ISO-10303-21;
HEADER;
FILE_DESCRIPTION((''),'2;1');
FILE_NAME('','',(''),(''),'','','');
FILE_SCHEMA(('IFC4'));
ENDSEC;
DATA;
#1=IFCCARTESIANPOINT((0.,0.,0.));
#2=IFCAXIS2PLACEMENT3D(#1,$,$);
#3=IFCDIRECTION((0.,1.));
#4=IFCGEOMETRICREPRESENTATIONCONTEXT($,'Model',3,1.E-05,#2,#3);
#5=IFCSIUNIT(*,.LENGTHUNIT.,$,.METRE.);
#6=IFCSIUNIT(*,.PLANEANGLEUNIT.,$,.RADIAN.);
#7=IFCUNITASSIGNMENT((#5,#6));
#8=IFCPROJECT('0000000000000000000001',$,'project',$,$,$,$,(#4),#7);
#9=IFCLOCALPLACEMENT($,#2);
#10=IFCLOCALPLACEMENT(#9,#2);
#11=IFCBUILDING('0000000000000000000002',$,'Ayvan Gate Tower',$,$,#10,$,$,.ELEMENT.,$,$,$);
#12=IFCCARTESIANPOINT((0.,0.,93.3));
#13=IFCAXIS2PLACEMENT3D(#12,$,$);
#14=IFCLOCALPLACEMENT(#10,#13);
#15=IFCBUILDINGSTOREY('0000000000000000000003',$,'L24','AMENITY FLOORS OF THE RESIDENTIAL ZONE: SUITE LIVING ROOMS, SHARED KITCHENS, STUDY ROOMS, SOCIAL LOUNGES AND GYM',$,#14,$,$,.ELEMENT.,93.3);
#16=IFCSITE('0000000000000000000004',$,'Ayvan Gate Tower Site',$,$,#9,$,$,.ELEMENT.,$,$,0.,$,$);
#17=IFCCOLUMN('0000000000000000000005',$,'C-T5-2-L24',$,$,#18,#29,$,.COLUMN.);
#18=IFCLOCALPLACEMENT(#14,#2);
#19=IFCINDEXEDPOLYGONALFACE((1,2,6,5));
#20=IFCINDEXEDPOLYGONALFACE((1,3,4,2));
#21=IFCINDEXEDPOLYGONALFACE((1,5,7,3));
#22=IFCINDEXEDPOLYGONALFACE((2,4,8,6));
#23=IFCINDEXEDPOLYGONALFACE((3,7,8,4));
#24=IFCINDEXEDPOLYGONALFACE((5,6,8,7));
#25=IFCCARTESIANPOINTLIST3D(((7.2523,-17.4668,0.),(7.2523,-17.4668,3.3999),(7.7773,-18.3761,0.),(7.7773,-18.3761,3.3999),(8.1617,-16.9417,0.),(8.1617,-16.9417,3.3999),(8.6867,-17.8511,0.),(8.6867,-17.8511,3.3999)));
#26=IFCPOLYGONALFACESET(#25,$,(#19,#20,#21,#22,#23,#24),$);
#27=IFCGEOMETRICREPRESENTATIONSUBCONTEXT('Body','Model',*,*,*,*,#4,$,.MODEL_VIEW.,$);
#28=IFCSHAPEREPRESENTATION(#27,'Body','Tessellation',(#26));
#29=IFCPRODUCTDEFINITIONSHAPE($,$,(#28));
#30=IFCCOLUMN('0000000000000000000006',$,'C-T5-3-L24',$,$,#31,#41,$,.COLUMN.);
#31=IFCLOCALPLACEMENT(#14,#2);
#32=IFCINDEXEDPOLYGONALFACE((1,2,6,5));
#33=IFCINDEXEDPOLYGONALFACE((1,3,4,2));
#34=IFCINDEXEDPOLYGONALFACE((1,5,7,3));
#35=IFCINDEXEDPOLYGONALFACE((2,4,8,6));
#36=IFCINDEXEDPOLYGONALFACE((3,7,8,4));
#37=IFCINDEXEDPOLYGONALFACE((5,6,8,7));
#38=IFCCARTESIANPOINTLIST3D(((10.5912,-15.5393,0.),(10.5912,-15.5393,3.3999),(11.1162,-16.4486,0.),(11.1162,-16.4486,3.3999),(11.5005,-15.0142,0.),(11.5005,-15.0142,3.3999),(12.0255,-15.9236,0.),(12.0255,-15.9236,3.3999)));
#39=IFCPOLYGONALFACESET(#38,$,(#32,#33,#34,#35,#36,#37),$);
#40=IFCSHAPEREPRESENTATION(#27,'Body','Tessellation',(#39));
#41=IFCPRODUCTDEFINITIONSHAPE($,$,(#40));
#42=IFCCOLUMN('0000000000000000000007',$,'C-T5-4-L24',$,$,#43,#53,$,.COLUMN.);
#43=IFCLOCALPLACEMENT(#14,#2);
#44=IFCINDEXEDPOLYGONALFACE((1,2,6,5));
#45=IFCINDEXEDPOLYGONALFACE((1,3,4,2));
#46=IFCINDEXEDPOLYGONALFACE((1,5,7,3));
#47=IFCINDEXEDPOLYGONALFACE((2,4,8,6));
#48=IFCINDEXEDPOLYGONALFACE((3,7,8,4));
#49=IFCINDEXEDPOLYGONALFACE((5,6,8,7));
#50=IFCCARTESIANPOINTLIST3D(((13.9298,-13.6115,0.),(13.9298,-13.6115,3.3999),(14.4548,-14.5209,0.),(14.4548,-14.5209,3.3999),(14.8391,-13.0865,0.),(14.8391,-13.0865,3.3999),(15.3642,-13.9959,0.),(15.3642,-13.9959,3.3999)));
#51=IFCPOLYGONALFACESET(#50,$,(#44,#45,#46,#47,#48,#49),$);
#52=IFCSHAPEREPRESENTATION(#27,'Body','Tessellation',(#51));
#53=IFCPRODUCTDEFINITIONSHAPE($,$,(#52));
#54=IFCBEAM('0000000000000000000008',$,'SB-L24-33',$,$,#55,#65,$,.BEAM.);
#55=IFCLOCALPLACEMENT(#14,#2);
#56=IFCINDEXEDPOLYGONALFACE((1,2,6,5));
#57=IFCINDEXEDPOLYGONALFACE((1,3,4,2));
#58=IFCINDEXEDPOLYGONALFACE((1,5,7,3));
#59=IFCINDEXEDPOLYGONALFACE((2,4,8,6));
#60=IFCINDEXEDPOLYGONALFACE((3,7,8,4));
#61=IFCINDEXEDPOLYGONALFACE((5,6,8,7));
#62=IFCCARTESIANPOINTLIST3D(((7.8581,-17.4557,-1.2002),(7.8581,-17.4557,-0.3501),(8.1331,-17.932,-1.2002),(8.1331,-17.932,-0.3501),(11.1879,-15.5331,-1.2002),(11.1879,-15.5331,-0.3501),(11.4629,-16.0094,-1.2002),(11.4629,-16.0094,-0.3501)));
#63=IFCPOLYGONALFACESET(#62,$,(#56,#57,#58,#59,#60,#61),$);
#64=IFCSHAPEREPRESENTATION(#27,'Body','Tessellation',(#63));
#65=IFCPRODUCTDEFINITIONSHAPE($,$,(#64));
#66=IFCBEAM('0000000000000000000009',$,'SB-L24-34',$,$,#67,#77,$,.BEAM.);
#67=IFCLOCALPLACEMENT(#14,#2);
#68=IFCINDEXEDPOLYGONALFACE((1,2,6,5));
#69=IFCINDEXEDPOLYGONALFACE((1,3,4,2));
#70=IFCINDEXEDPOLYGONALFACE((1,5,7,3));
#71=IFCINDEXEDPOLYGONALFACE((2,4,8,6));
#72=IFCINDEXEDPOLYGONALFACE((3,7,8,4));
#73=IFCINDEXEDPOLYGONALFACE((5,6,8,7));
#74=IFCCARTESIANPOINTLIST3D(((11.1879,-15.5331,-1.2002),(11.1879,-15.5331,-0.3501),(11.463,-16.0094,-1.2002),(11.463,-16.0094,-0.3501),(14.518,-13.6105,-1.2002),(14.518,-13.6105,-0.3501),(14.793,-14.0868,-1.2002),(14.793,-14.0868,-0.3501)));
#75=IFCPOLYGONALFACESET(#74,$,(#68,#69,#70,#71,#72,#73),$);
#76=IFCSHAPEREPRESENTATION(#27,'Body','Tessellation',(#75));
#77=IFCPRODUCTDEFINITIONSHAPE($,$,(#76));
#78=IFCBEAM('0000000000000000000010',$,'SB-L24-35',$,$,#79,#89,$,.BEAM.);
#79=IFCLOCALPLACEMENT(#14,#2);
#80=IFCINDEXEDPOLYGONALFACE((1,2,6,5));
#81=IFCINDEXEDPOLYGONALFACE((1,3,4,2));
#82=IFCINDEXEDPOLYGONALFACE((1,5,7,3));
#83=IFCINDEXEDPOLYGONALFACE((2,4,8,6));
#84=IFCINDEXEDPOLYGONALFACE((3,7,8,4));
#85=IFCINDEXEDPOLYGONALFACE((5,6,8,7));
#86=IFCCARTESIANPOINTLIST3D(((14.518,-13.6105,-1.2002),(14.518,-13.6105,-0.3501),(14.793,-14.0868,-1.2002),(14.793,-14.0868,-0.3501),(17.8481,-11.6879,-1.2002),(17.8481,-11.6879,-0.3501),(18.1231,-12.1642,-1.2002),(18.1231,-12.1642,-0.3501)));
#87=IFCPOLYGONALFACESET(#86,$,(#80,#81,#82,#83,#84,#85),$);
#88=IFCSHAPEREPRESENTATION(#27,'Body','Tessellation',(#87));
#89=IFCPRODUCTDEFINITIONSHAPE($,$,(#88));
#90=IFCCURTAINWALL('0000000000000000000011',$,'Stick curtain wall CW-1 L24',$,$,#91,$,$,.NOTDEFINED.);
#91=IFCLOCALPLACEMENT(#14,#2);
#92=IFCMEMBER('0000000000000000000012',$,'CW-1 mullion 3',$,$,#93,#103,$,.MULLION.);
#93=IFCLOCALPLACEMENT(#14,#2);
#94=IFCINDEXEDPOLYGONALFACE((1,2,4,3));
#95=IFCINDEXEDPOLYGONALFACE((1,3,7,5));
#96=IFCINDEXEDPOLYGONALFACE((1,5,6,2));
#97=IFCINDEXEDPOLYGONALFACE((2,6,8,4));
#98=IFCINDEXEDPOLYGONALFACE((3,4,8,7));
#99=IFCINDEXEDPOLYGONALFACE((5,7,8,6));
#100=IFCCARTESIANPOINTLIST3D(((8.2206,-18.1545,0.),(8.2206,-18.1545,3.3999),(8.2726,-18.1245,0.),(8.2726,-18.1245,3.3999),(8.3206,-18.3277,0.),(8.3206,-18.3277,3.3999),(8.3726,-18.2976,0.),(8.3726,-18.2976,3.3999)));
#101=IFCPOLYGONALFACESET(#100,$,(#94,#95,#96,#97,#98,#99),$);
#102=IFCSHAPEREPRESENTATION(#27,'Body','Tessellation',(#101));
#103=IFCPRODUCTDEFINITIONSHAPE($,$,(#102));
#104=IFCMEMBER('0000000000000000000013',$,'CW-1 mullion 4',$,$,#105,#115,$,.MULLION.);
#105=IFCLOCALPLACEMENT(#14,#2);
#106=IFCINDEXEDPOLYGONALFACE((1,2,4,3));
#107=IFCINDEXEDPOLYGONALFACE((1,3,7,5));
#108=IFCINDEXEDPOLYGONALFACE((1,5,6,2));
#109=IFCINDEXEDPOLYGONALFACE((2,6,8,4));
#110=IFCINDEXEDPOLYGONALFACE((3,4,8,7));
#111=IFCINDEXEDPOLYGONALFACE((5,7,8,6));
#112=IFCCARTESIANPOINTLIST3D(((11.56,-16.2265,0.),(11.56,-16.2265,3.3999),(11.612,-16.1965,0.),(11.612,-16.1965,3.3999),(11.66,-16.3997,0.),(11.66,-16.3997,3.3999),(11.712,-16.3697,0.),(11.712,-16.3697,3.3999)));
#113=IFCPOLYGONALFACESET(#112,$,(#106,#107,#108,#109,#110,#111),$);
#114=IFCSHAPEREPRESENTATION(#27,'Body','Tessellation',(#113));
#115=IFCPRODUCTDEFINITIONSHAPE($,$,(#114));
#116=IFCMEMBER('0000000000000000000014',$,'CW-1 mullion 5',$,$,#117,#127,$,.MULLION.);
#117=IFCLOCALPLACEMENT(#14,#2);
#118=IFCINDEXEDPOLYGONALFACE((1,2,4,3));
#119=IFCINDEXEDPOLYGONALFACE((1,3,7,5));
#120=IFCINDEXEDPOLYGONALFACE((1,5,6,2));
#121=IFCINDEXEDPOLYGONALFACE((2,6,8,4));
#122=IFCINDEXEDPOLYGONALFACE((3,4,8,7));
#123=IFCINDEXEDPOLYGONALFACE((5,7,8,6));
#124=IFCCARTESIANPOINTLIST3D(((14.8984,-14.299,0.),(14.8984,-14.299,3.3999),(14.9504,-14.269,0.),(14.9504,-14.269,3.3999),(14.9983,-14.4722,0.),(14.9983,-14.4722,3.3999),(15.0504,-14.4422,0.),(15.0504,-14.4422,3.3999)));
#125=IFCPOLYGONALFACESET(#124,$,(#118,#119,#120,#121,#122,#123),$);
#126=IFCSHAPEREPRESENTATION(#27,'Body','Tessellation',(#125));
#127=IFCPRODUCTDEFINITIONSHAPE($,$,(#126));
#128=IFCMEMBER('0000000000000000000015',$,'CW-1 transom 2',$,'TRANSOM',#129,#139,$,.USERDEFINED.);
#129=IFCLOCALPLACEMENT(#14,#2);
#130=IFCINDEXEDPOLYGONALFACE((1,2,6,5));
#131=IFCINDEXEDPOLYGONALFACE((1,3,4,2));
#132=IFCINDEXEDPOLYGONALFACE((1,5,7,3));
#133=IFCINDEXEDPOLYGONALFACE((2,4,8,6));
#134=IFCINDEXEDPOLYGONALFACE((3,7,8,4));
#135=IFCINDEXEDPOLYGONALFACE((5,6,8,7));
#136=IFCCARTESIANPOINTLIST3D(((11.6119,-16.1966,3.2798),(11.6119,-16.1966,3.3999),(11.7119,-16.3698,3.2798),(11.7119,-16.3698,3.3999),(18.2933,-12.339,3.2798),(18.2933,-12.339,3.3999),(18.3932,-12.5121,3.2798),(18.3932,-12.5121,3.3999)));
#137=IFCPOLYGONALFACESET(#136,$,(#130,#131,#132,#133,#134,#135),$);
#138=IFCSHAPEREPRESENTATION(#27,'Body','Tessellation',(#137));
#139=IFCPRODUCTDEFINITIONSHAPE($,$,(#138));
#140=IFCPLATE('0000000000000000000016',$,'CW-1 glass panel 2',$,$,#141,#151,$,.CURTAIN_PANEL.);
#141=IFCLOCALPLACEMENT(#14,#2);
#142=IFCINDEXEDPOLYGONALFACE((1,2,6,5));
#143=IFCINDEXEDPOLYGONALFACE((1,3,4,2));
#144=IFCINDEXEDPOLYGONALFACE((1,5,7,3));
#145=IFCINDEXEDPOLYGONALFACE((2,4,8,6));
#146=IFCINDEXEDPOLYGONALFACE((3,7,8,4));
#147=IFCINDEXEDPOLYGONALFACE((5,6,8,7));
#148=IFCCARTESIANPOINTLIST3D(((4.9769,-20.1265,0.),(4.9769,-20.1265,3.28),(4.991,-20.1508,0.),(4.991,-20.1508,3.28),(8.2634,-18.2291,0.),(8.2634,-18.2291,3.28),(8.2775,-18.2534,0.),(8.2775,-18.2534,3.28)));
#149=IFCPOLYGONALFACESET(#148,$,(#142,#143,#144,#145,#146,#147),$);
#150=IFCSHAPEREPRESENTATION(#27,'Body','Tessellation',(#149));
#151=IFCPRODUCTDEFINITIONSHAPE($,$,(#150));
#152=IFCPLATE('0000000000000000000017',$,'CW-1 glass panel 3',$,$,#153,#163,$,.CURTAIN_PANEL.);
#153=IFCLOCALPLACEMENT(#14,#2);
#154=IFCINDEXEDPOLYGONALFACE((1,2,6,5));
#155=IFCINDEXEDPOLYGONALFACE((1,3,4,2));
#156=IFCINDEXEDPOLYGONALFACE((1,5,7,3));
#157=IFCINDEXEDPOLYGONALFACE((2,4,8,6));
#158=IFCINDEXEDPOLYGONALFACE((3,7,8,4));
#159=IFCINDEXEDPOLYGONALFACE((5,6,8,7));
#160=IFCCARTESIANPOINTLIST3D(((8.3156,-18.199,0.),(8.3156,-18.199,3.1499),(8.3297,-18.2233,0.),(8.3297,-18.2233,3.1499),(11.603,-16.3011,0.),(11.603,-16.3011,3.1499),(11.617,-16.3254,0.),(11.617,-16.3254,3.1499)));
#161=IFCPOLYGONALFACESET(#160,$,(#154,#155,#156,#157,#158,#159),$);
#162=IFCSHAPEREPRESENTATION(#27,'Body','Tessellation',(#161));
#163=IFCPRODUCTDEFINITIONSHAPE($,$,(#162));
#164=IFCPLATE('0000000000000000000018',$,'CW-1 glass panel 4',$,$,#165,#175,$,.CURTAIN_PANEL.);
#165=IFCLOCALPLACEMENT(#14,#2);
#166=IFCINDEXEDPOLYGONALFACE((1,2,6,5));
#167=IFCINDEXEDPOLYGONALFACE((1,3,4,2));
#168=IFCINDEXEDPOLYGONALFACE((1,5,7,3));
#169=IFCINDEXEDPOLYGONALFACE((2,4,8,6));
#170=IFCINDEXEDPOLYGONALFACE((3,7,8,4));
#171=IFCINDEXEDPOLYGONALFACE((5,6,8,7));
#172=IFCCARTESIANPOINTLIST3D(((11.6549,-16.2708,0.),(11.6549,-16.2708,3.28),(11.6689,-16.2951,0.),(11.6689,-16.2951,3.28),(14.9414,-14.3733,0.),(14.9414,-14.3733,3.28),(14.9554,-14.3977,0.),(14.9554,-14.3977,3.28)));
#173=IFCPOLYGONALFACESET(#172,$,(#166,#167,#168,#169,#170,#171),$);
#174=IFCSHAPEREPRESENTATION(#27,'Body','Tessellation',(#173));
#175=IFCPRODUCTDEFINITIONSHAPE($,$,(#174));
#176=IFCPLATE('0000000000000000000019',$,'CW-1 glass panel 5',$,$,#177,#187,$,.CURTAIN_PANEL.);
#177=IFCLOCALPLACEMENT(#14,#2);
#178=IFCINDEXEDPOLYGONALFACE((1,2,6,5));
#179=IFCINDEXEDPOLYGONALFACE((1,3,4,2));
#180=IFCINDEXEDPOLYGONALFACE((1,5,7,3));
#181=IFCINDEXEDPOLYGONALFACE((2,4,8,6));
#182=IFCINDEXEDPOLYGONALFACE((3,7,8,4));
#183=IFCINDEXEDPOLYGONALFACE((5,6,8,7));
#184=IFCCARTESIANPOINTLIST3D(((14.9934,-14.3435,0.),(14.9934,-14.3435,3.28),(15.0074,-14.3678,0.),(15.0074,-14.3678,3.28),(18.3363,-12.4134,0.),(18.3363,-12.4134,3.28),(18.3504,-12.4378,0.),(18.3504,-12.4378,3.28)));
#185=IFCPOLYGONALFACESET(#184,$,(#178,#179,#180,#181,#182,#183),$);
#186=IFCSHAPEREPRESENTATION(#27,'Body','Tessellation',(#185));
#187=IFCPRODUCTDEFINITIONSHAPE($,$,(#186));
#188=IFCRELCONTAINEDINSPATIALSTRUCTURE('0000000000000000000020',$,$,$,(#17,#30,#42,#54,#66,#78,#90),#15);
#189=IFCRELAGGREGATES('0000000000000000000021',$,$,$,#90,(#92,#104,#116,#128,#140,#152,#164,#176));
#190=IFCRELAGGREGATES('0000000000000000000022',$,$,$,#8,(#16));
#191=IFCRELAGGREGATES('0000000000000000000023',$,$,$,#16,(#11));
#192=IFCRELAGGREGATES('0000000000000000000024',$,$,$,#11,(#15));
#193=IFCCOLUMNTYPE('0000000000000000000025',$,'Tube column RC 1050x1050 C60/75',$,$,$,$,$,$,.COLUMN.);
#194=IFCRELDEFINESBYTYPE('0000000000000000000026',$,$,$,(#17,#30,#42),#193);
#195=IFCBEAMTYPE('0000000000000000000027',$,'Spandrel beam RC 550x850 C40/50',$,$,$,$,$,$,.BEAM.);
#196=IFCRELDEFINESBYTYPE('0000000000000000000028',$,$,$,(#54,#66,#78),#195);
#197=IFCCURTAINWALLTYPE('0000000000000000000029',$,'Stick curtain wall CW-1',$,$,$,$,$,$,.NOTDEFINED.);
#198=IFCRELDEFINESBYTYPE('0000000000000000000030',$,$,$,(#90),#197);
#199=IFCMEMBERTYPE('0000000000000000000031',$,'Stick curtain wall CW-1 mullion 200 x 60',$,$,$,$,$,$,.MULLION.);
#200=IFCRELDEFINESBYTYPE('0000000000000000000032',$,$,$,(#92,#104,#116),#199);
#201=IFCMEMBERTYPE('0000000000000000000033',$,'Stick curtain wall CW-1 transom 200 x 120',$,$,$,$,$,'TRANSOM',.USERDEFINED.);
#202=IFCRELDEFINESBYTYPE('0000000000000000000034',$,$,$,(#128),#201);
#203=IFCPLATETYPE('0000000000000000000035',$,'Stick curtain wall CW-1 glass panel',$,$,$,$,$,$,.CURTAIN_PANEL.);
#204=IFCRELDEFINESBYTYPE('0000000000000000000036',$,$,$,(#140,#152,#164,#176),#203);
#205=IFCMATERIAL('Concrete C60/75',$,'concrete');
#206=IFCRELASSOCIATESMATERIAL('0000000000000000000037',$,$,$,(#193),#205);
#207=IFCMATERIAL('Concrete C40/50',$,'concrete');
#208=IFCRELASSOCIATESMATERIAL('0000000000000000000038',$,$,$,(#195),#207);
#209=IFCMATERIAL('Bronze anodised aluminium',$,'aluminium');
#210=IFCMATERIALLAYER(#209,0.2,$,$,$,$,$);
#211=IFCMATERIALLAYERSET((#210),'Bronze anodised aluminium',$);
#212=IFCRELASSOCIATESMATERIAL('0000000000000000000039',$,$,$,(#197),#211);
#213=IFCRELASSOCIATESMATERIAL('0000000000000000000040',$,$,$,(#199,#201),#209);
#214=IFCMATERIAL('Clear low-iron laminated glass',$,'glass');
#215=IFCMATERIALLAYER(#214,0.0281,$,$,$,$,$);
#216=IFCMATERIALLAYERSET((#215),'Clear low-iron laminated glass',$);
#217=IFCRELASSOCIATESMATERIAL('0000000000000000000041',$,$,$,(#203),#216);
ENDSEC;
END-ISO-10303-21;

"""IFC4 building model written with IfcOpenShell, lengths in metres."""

from ifc_helpers import new_model, si_unit, direction, frame, origin, origin_2d, place, context, subcontext, project, spatial, rectangle, extrude, material, layer, layer_set, material_profile, profile_set, type_object, element, aggregate, save


model = new_model("IFC4")

# Units and contexts
model_context = context("Model", 3, precision=1e-05, world=origin(), true_north=direction((0.0, 1.0)))
body_context = subcontext(model_context, "Body", "Model", "MODEL_VIEW")
ifc_project = project(units=[si_unit("LENGTHUNIT", "METRE"), si_unit("PLANEANGLEUNIT", "RADIAN")], contexts=[model_context])

# Site, building, storey
site_placement = place(None, origin())
site = spatial("IfcSite", under=ifc_project, at=site_placement, Name="Ayvan Gate Tower Site", CompositionType="ELEMENT", RefElevation=0.0)
building_placement = place(site_placement, origin())
building = spatial("IfcBuilding", under=site, at=building_placement, Name="Ayvan Gate Tower", CompositionType="ELEMENT")
storey_placement = place(building_placement, frame((0.0, 0.0, 93.3)))
storey = spatial("IfcBuildingStorey", under=building, at=storey_placement, Name="L24", Description="AMENITY FLOORS OF THE RESIDENTIAL ZONE: SUITE LIVING ROOMS, SHARED KITCHENS, STUDY ROOMS, SOCIAL LOUNGES AND GYM", CompositionType="ELEMENT", Elevation=93.3)

# Columns
ifc_material_1 = material(Name="Concrete C60/75", Category="concrete")
ifc_material_profile_1 = material_profile(ifc_material_1, rectangle(XDim=1.05, YDim=1.05, at=origin_2d()), Name="RC 1050x1050")
ifc_profile_set_1 = profile_set([ifc_material_profile_1], Name="Concrete C60/75")
column_type = type_object("IfcColumnType", Name="Tube column RC 1050x1050 C60/75", PredefinedType="COLUMN", material=ifc_profile_set_1)
for number, where, z_axis, x_axis, name in (
    (1, (7.9695, -17.6589, 0.0), (0.0, 0.0, 1.0), (0.5, -0.866025, 0.0), "C-T5-2-L24"),
    (2, (11.3083, -15.7314, 0.0), (0.0, 0.0, 1.0), (0.5, -0.866025, 0.0), "C-T5-3-L24"),
    (3, (14.647, -13.8037, 0.0), (0.0, 0.0, 1.0), (0.5, -0.866025, 0.0), "C-T5-4-L24"),
):
    element("IfcColumn", number, at=place(storey_placement, frame(where, z_axis=z_axis, x_axis=x_axis)), inside=storey, type_object=column_type, Name=name, PredefinedType="COLUMN", context=body_context, shape_type="SweptSolid", body=[
        extrude(rectangle(XDim=1.05, YDim=1.05, at=origin_2d()), origin(), (0.0, 0.0, 1.0), 3.3999),
    ])

# Beams
ifc_material_2 = material(Name="Concrete C40/50", Category="concrete")
ifc_material_profile_2 = material_profile(ifc_material_2, rectangle(XDim=0.55, YDim=0.8501, at=origin_2d()), Name="RC 550x850")
ifc_profile_set_2 = profile_set([ifc_material_profile_2], Name="Concrete C40/50")
beam_type = type_object("IfcBeamType", Name="Spandrel beam RC 550x850 C40/50", PredefinedType="BEAM", material=ifc_profile_set_2)
beam_placement = place(storey_placement, frame((7.9956, -17.6938, -0.7751), z_axis=(0.866011, 0.500025, 0.0), x_axis=(-0.500025, 0.866011, 0.0)))
element("IfcBeam", 4, at=beam_placement, inside=storey, type_object=beam_type, Name="SB-L24-33", PredefinedType="BEAM", context=body_context, shape_type="SweptSolid", body=[
    extrude(rectangle(XDim=0.55, YDim=0.8501, at=origin_2d()), origin(), (0.0, 0.0, 1.0), 3.845),
])
for number, where, z_axis, x_axis, name in (
    (5, (11.3254, -15.7712, -0.7751), (0.866027, 0.499997, 0.0), (-0.499997, 0.866027, 0.0), "SB-L24-34"),
    (6, (14.6555, -13.8486, -0.7751), (0.866027, 0.499997, 0.0), (-0.499997, 0.866027, 0.0), "SB-L24-35"),
):
    element("IfcBeam", number, at=place(storey_placement, frame(where, z_axis=z_axis, x_axis=x_axis)), inside=storey, type_object=beam_type, Name=name, PredefinedType="BEAM", context=body_context, shape_type="SweptSolid", body=[
        extrude(rectangle(XDim=0.55, YDim=0.8501, at=origin_2d()), origin(), (0.0, 0.0, 1.0), 3.8452),
    ])

# Curtain wall, members, plates
ifc_material_3 = material(Name="Bronze anodised aluminium", Category="aluminium")
ifc_layer_1 = layer(ifc_material_3, 0.2)
ifc_layer_set_1 = layer_set([ifc_layer_1], Name="Bronze anodised aluminium")
curtain_wall_type = type_object("IfcCurtainWallType", Name="Stick curtain wall CW-1", PredefinedType="NOTDEFINED", material=ifc_layer_set_1)
curtain_wall_placement = place(storey_placement, origin())
curtain_wall = element("IfcCurtainWall", 7, at=curtain_wall_placement, inside=storey, type_object=curtain_wall_type, Name="Stick curtain wall CW-1 L24", PredefinedType="NOTDEFINED")
ifc_material_profile_3 = material_profile(ifc_material_3, rectangle(XDim=0.2, YDim=0.0601, at=origin_2d()), Name="Stick curtain wall CW-1 mullion 200 x 60")
ifc_profile_set_3 = profile_set([ifc_material_profile_3], Name="Bronze anodised aluminium")
member_type_1 = type_object("IfcMemberType", Name="Stick curtain wall CW-1 mullion 200 x 60", PredefinedType="MULLION", material=ifc_profile_set_3)
member_1_placement = place(storey_placement, frame((8.2966, -18.2261, 0.0), z_axis=(0.0, 0.0, 1.0), x_axis=(0.5, -0.866025, 0.0)))
member_1 = element("IfcMember", 8, at=member_1_placement, type_object=member_type_1, Name="CW-1 mullion 3", PredefinedType="MULLION", context=body_context, shape_type="SweptSolid", body=[
    extrude(rectangle(XDim=0.2, YDim=0.0601, at=origin_2d()), origin(), (0.0, 0.0, 1.0), 3.3999),
])
member_2_placement = place(storey_placement, frame((11.636, -16.2981, 0.0), z_axis=(0.0, 0.0, 1.0), x_axis=(0.5, -0.866025, 0.0)))
member_2 = element("IfcMember", 9, at=member_2_placement, type_object=member_type_1, Name="CW-1 mullion 4", PredefinedType="MULLION", context=body_context, shape_type="SweptSolid", body=[
    extrude(rectangle(XDim=0.2, YDim=0.0601, at=origin_2d()), origin(), (0.0, 0.0, 1.0), 3.3999),
])
member_3_placement = place(storey_placement, frame((14.9744, -14.3706, 0.0), z_axis=(0.0, 0.0, 1.0), x_axis=(0.5, -0.866025, 0.0)))
member_3 = element("IfcMember", 10, at=member_3_placement, type_object=member_type_1, Name="CW-1 mullion 5", PredefinedType="MULLION", context=body_context, shape_type="SweptSolid", body=[
    extrude(rectangle(XDim=0.2, YDim=0.0601, at=origin_2d()), origin(), (0.0, 0.0, 1.0), 3.3999),
])
ifc_material_profile_4 = material_profile(ifc_material_3, rectangle(XDim=0.2, YDim=0.1201, at=origin_2d()), Name="Stick curtain wall CW-1 transom 200 x 120")
ifc_profile_set_4 = profile_set([ifc_material_profile_4], Name="Bronze anodised aluminium")
member_type_2 = type_object("IfcMemberType", Name="Stick curtain wall CW-1 transom 200 x 120", ElementType="TRANSOM", PredefinedType="USERDEFINED", material=ifc_profile_set_4)
member_4_placement = place(storey_placement, frame((11.6619, -16.2832, 3.3398), z_axis=(0.866016, 0.500016, 0.0), x_axis=(-0.500016, 0.866016, 0.0)))
member_4 = element("IfcMember", 11, at=member_4_placement, type_object=member_type_2, Name="CW-1 transom 2", ObjectType="TRANSOM", PredefinedType="USERDEFINED", context=body_context, shape_type="SweptSolid", body=[
    extrude(rectangle(XDim=0.2, YDim=0.1201, at=origin_2d()), origin(), (0.0, 0.0, 1.0), 7.7151),
])
ifc_material_4 = material(Name="Clear low-iron laminated glass", Category="glass")
ifc_layer_2 = layer(ifc_material_4, 0.0281)
ifc_layer_set_2 = layer_set([ifc_layer_2], Name="Clear low-iron laminated glass")
plate_type = type_object("IfcPlateType", Name="Stick curtain wall CW-1 glass panel", PredefinedType="CURTAIN_PANEL", material=ifc_layer_set_2)
plate_1_placement = place(storey_placement, frame((6.6272, -19.1899, 0.0), z_axis=(0.0, 0.0, 1.0), x_axis=(0.866025, 0.5, 0.0)))
plate_1 = element("IfcPlate", 12, at=plate_1_placement, type_object=plate_type, Name="CW-1 glass panel 2", PredefinedType="CURTAIN_PANEL", context=body_context, shape_type="SweptSolid", body=[
    extrude(rectangle(XDim=3.7949, YDim=0.0281, at=origin_2d()), origin(), (0.0, 0.0, 1.0), 3.28),
])
plate_2_placement = place(storey_placement, frame((9.9663, -17.2622, 0.0), z_axis=(0.0, 0.0, 1.0), x_axis=(0.866025, 0.5, 0.0)))
plate_2 = element("IfcPlate", 13, at=plate_2_placement, type_object=plate_type, Name="CW-1 glass panel 3", PredefinedType="CURTAIN_PANEL", context=body_context, shape_type="SweptSolid", body=[
    extrude(rectangle(XDim=3.7959, YDim=0.0281, at=origin_2d()), origin(), (0.0, 0.0, 1.0), 3.1499),
])
plate_3_placement = place(storey_placement, frame((13.3052, -15.3342, 0.0), z_axis=(0.0, 0.0, 1.0), x_axis=(0.866025, 0.5, 0.0)))
plate_3 = element("IfcPlate", 14, at=plate_3_placement, type_object=plate_type, Name="CW-1 glass panel 4", PredefinedType="CURTAIN_PANEL", context=body_context, shape_type="SweptSolid", body=[
    extrude(rectangle(XDim=3.7949, YDim=0.0281, at=origin_2d()), origin(), (0.0, 0.0, 1.0), 3.28),
])
plate_4_placement = place(storey_placement, frame((16.6719, -13.3906, 0.0), z_axis=(0.0, 0.0, 1.0), x_axis=(0.866025, 0.5, 0.0)))
plate_4 = element("IfcPlate", 15, at=plate_4_placement, type_object=plate_type, Name="CW-1 glass panel 5", PredefinedType="CURTAIN_PANEL", context=body_context, shape_type="SweptSolid", body=[
    extrude(rectangle(XDim=3.8601, YDim=0.0281, at=origin_2d()), origin(), (0.0, 0.0, 1.0), 3.28),
])
aggregate(curtain_wall, [member_1, member_2, member_3, member_4, plate_1, plate_2, plate_3, plate_4])

save(model, "model.ifc")
